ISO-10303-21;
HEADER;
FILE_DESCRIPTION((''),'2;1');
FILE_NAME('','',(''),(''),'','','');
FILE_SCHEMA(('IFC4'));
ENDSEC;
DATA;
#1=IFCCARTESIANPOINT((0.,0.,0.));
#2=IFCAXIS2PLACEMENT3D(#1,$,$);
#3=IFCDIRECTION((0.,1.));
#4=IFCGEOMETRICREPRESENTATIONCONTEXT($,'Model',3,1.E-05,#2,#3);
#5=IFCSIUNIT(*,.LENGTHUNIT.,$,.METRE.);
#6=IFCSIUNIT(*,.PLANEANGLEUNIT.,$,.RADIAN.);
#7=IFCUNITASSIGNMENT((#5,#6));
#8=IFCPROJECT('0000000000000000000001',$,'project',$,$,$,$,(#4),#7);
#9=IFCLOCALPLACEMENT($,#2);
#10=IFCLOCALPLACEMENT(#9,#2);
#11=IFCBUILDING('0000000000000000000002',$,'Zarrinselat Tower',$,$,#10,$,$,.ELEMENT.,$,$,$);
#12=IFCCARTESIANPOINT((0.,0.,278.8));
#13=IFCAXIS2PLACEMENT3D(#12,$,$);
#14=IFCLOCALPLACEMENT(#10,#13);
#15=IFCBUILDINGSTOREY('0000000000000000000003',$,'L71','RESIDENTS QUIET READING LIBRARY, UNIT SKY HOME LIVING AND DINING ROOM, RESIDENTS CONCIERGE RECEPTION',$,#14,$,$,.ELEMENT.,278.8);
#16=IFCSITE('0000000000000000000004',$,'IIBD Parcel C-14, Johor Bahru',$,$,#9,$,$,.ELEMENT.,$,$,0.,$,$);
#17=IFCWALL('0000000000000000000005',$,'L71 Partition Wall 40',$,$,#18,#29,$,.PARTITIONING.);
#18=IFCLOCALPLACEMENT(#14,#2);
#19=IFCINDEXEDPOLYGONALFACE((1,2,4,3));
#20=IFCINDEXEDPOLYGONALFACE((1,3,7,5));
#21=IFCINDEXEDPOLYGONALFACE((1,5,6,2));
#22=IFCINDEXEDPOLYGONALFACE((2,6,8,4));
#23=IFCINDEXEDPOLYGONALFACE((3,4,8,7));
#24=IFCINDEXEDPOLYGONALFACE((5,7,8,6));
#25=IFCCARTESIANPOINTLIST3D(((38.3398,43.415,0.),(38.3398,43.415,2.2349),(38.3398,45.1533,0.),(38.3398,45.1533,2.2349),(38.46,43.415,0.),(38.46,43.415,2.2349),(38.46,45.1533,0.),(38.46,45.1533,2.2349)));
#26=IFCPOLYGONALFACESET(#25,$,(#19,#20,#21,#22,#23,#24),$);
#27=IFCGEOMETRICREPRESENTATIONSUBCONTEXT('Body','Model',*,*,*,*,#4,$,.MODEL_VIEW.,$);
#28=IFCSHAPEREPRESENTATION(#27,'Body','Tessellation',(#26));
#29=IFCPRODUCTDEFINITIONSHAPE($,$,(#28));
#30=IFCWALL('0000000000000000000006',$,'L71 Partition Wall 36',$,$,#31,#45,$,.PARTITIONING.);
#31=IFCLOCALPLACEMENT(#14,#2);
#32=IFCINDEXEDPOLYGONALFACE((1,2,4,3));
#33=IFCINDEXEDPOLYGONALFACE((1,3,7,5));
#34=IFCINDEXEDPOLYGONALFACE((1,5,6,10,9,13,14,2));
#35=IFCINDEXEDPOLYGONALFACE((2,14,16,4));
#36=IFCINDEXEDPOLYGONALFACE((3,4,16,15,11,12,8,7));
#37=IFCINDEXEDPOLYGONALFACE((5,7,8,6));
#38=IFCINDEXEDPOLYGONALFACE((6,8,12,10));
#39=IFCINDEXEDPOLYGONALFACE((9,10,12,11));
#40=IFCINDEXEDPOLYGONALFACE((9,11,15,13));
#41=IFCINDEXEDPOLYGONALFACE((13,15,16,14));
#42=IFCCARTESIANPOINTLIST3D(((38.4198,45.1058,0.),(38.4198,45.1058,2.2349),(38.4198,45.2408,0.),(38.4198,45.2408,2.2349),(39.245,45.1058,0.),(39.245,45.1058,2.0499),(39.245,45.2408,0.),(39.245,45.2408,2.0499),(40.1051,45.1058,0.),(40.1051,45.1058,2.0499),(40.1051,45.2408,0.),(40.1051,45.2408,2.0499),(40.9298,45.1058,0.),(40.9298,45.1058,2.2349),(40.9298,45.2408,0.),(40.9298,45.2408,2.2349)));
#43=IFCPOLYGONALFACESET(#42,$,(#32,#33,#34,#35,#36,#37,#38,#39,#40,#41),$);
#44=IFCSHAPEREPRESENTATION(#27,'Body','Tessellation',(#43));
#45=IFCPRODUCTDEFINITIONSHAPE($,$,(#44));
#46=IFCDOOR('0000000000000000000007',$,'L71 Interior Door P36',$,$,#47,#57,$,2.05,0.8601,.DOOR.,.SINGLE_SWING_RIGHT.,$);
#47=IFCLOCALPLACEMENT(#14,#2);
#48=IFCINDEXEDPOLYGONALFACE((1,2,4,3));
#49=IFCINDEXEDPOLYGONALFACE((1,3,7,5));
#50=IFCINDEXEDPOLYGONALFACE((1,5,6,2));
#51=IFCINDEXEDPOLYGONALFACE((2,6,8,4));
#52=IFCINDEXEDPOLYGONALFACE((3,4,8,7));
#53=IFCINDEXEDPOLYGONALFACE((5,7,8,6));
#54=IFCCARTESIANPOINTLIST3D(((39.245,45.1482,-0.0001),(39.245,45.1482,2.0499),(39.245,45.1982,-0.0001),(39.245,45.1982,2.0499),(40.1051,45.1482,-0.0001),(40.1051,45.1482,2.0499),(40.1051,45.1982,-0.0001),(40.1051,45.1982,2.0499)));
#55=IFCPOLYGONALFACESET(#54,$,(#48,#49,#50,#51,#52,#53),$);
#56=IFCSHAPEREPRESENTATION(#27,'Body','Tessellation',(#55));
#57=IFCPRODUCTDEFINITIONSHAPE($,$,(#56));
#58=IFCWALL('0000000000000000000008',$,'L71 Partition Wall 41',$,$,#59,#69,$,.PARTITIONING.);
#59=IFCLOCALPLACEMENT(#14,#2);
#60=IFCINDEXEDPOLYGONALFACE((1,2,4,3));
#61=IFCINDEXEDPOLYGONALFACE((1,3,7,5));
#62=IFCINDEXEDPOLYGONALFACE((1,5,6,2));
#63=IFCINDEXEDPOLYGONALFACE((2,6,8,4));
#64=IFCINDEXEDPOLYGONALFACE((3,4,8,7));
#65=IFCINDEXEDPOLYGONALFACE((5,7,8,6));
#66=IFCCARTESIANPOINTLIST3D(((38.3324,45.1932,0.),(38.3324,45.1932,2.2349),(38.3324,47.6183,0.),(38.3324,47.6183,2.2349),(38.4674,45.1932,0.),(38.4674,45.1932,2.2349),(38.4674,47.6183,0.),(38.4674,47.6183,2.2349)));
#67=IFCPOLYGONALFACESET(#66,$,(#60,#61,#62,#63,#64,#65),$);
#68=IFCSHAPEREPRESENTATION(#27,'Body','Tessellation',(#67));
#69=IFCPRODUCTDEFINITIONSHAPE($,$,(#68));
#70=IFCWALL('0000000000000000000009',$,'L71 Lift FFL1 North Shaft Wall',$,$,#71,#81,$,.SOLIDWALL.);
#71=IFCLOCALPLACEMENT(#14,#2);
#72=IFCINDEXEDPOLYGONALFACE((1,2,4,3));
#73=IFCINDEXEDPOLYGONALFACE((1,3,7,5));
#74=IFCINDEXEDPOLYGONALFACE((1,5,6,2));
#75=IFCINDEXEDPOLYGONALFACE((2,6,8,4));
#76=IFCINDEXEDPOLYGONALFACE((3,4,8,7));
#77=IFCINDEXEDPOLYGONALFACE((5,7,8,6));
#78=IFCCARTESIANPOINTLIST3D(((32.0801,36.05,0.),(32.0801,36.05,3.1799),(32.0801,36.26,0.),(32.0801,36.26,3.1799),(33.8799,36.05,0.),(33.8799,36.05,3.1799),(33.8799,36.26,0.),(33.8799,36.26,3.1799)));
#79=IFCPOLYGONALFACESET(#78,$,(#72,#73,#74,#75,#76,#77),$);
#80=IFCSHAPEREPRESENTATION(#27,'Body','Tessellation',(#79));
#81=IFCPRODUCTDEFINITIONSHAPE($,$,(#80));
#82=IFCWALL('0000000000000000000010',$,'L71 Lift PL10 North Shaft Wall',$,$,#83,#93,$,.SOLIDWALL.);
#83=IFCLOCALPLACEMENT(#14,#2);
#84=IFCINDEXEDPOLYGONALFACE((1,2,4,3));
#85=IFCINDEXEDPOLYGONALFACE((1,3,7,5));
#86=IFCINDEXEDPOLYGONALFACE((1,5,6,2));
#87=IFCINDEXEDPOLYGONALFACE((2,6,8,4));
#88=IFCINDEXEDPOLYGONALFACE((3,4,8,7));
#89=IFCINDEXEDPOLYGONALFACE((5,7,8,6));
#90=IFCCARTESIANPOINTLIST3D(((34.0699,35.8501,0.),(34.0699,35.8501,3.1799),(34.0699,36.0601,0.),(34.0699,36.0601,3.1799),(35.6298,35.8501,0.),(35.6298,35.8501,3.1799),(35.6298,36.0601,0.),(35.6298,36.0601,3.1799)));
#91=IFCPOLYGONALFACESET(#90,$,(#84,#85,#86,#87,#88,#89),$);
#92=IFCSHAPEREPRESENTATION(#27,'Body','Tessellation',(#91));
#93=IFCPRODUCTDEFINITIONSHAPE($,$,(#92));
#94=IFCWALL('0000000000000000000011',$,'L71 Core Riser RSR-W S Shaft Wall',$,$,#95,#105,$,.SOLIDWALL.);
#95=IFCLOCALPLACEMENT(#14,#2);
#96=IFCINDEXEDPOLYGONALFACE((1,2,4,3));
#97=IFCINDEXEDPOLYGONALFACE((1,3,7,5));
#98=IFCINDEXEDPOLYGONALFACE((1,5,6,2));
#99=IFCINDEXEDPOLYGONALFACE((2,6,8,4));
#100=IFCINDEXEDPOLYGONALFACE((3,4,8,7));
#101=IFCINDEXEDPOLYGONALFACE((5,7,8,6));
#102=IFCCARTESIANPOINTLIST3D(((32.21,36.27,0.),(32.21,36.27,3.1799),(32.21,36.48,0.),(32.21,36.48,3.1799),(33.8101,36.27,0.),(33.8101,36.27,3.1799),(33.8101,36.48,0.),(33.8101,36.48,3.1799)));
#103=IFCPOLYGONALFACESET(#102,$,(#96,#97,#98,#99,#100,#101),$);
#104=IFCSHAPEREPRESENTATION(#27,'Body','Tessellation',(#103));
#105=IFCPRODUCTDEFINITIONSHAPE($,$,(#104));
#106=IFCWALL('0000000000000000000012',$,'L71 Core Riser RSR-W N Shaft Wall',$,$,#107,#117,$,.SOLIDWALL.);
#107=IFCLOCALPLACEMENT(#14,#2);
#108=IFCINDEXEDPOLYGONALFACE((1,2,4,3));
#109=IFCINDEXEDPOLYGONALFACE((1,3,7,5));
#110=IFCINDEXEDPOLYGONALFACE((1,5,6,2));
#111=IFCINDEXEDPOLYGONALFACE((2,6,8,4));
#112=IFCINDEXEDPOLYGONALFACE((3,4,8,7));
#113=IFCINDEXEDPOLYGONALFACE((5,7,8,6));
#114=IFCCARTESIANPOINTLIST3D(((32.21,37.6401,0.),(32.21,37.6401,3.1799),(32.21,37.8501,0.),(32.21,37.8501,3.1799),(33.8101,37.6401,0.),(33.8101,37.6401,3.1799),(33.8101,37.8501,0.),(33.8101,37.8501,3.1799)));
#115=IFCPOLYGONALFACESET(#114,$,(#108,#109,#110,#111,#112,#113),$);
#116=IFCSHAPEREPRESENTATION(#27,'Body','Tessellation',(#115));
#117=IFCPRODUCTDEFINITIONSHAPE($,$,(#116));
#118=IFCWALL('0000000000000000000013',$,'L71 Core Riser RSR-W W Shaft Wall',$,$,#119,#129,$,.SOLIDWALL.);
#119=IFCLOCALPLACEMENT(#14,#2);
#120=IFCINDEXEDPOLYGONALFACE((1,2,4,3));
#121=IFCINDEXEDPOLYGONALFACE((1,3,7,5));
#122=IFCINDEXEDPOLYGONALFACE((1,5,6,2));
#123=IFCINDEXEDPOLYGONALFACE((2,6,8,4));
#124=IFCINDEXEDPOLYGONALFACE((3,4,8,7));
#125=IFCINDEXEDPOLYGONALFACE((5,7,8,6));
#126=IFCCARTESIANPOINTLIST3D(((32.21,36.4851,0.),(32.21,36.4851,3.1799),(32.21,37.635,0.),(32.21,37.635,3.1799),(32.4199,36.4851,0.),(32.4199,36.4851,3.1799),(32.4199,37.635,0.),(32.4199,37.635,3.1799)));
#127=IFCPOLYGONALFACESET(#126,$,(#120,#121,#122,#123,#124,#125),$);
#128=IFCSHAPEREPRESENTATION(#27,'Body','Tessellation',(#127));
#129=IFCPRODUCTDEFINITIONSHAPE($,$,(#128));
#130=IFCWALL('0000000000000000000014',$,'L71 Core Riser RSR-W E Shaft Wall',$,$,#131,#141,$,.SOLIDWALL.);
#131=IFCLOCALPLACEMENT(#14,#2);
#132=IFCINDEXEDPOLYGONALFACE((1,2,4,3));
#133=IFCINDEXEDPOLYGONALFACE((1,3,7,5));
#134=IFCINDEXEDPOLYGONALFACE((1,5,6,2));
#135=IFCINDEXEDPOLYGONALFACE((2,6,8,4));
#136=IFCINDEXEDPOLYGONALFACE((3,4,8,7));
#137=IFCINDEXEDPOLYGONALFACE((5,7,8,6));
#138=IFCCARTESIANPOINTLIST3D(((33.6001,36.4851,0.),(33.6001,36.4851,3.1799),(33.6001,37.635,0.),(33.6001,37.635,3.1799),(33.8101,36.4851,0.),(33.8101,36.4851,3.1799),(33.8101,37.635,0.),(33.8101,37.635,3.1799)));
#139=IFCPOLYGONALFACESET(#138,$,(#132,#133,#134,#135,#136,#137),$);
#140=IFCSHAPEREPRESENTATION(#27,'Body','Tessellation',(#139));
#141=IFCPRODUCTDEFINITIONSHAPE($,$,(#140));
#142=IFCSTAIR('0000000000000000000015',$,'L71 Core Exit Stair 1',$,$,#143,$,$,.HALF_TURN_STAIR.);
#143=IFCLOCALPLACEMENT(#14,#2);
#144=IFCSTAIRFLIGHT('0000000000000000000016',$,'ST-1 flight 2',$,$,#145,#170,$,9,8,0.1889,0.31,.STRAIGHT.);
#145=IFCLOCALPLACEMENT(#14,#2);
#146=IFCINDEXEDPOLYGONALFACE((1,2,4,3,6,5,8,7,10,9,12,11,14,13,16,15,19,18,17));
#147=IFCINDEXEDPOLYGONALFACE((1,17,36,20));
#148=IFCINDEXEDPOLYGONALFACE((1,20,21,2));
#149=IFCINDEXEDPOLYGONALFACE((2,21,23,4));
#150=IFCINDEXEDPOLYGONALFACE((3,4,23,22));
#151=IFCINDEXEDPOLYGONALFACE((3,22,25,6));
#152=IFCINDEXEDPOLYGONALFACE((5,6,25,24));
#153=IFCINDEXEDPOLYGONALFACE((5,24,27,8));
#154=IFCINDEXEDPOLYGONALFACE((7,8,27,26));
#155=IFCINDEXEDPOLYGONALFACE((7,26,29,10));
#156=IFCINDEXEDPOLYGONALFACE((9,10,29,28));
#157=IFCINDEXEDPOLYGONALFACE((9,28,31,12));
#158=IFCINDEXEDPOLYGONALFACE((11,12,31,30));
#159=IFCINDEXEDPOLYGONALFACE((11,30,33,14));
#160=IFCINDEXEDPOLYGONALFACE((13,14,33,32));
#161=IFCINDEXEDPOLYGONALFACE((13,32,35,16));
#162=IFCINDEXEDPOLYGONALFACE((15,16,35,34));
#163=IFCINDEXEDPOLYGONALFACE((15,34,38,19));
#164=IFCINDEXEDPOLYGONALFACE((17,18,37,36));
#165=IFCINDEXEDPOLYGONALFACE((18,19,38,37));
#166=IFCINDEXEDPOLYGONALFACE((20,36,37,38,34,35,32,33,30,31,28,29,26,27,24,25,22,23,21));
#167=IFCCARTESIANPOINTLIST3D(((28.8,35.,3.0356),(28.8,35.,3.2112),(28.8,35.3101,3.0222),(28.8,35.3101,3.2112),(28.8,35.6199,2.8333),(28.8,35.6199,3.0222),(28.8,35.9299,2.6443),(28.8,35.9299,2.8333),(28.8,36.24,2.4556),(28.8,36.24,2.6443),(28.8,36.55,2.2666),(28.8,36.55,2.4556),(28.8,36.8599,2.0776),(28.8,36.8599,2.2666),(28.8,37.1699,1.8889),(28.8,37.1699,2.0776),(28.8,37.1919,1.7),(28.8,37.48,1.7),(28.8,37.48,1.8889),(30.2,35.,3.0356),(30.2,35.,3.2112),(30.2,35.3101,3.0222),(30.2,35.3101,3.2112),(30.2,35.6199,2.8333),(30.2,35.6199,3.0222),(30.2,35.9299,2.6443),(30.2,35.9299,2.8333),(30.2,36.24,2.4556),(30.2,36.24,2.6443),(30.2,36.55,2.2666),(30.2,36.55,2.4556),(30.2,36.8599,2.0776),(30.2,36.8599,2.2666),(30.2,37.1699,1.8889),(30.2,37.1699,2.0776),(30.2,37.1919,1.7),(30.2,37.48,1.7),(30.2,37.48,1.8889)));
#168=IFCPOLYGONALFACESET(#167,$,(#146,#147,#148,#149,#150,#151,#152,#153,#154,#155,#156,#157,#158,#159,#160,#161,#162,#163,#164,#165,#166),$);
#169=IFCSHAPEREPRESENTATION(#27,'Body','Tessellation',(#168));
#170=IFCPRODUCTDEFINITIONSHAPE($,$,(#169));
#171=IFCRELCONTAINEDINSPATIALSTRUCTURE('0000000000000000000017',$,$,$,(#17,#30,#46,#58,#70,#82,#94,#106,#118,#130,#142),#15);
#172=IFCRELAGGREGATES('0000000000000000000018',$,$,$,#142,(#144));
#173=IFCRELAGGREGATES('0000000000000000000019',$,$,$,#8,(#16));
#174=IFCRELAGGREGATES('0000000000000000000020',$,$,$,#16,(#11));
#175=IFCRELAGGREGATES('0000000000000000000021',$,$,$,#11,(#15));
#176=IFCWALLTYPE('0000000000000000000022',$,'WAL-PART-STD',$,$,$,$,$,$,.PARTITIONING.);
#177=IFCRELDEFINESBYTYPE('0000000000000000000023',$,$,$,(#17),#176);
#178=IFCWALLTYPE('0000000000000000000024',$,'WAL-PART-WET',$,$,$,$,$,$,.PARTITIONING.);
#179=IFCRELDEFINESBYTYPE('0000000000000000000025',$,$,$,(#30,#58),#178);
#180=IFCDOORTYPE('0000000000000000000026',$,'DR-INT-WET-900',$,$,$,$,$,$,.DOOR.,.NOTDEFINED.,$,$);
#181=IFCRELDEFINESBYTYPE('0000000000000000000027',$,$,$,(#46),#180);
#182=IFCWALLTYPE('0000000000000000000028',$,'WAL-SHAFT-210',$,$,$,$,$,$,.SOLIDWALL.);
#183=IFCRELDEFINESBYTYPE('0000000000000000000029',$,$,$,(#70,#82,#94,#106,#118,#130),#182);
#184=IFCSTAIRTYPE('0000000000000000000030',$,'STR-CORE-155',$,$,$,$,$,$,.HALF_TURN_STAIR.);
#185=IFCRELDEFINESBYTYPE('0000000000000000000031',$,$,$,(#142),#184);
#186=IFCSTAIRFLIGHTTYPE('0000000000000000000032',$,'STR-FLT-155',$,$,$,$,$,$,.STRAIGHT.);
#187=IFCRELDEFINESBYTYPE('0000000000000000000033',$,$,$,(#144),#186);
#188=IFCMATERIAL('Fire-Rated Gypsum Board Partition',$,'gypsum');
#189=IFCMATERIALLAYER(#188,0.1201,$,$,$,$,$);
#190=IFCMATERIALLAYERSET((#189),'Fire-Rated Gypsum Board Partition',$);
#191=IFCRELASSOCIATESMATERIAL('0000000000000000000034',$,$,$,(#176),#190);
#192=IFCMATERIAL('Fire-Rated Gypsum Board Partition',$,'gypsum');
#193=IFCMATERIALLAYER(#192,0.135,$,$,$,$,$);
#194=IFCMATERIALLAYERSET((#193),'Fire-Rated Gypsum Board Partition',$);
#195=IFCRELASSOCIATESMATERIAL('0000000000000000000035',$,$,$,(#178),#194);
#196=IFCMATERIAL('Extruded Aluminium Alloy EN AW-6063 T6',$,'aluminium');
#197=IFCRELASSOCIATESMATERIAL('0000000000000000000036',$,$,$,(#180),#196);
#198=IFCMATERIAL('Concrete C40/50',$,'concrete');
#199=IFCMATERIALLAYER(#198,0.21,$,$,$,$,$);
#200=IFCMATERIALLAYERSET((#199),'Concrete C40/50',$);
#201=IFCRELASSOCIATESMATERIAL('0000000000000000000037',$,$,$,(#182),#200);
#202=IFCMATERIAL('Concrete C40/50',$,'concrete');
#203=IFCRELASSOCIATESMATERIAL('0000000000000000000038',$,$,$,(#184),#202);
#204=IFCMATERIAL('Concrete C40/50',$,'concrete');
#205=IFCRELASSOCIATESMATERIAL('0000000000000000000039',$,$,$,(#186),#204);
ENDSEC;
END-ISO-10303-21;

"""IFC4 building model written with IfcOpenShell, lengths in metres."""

from ifc_helpers import new_model, si_unit, direction, frame, frame_2d, origin, place, context, subcontext, project, spatial, polyline, rectangle, outline, extrude, material, layer, layer_set, type_object, element, fill, aggregate, save


model = new_model("IFC4")

# Units and contexts
model_context = context("Model", 3, precision=1e-05, world=origin(), true_north=direction((0.0, 1.0)))
body_context = subcontext(model_context, "Body", "Model", "MODEL_VIEW")
ifc_project = project(units=[si_unit("LENGTHUNIT", "METRE"), si_unit("PLANEANGLEUNIT", "RADIAN")], contexts=[model_context])

# Site, building, storey
site_placement = place(None, origin())
site = spatial("IfcSite", under=ifc_project, at=site_placement, Name="IIBD Parcel C-14, Johor Bahru", CompositionType="ELEMENT", RefElevation=0.0)
building_placement = place(site_placement, origin())
building = spatial("IfcBuilding", under=site, at=building_placement, Name="Zarrinselat Tower", CompositionType="ELEMENT")
storey_placement = place(building_placement, frame((0.0, 0.0, 278.8)))
storey = spatial("IfcBuildingStorey", under=building, at=storey_placement, Name="L71", Description="RESIDENTS QUIET READING LIBRARY, UNIT SKY HOME LIVING AND DINING ROOM, RESIDENTS CONCIERGE RECEPTION", CompositionType="ELEMENT", Elevation=278.8)

# Wall
ifc_material_1 = material(Name="Fire-Rated Gypsum Board Partition", Category="gypsum")
ifc_layer_1 = layer(ifc_material_1, 0.1201)
ifc_layer_set_1 = layer_set([ifc_layer_1], Name="Fire-Rated Gypsum Board Partition")
wall_type_1 = type_object("IfcWallType", Name="WAL-PART-STD", PredefinedType="PARTITIONING", material=ifc_layer_set_1)
wall_1_placement = place(storey_placement, frame((38.3999, 43.415, 0.0), z_axis=(0.0, 0.0, 1.0), x_axis=(0.0, 1.0, 0.0)))
element("IfcWall", 1, at=wall_1_placement, inside=storey, type_object=wall_type_1, Name="L71 Partition Wall 40", PredefinedType="PARTITIONING", context=body_context, shape_type="SweptSolid", body=[
    extrude(rectangle(XDim=1.7383, YDim=0.1201, at=frame_2d((0.8691, 0.0))), origin(), (0.0, 0.0, 1.0), 2.2349),
])

# Wall, opening, door
ifc_material_2 = material(Name="Fire-Rated Gypsum Board Partition", Category="gypsum")
ifc_layer_2 = layer(ifc_material_2, 0.135)
ifc_layer_set_2 = layer_set([ifc_layer_2], Name="Fire-Rated Gypsum Board Partition")
wall_type_2 = type_object("IfcWallType", Name="WAL-PART-WET", PredefinedType="PARTITIONING", material=ifc_layer_set_2)
wall_2_placement = place(storey_placement, frame((38.4199, 45.1733, 0.0), z_axis=(0.0, 0.0, 1.0), x_axis=(1.0, 0.0, 0.0)))
wall_2 = element("IfcWall", 2, at=wall_2_placement, inside=storey, type_object=wall_type_2, Name="L71 Partition Wall 36", PredefinedType="PARTITIONING", context=body_context, shape_type="SweptSolid", body=[
    extrude(rectangle(XDim=2.51, YDim=0.135, at=frame_2d((1.2549, 0.0))), origin(), (0.0, 0.0, 1.0), 2.2349),
])
opening_1_placement = place(wall_2_placement, frame((0.825, 0.0, 0.0)))
opening_1 = element("IfcOpeningElement", 3, at=opening_1_placement, cuts=wall_2, PredefinedType="OPENING", context=body_context, shape_type="SweptSolid", body=[
    extrude(rectangle(XDim=0.8601, YDim=2.05, at=frame_2d((0.4302, 1.0249))), frame((0.0, 0.0774, 0.0), z_axis=(0.0, -1.0, 0.0), x_axis=(1.0, 0.0, 0.0)), (0.0, 0.0, 1.0), 0.155),
])
ifc_material_3 = material(Name="Extruded Aluminium Alloy EN AW-6063 T6", Category="aluminium")
door_type_1 = type_object("IfcDoorType", Name="DR-INT-WET-900", OperationType="NOTDEFINED", PredefinedType="DOOR", material=ifc_material_3)
door_1_placement = place(opening_1_placement, origin())
door_1 = element("IfcDoor", 4, at=door_1_placement, inside=storey, type_object=door_type_1, Name="L71 Interior Door P36", OperationType="SINGLE_SWING_RIGHT", OverallHeight=2.05, OverallWidth=0.8601, PredefinedType="DOOR", context=body_context, shape_type="SweptSolid", body=[
    extrude(rectangle(XDim=0.8601, YDim=2.05, at=frame_2d((0.4302, 1.0249))), frame((0.0, 0.0249, 0.0), z_axis=(0.0, -1.0, 0.0), x_axis=(1.0, 0.0, 0.0)), (0.0, 0.0, 1.0), 0.05),
])
fill(opening_1, door_1)

# Walls
wall_3_placement = place(storey_placement, frame((38.3999, 45.1934, 0.0), z_axis=(0.0, 0.0, 1.0), x_axis=(0.0, 1.0, 0.0)))
element("IfcWall", 5, at=wall_3_placement, inside=storey, type_object=wall_type_2, Name="L71 Partition Wall 41", PredefinedType="PARTITIONING", context=body_context, shape_type="SweptSolid", body=[
    extrude(rectangle(XDim=2.425, YDim=0.135, at=frame_2d((1.2124, 0.0))), origin(), (0.0, 0.0, 1.0), 2.2349),
])
ifc_material_4 = material(Name="Concrete C40/50", Category="concrete")
ifc_layer_3 = layer(ifc_material_4, 0.21)
ifc_layer_set_3 = layer_set([ifc_layer_3], Name="Concrete C40/50")
wall_type_3 = type_object("IfcWallType", Name="WAL-SHAFT-210", PredefinedType="SOLIDWALL", material=ifc_layer_set_3)
wall_4_placement = place(storey_placement, frame((32.0801, 36.155, 0.0), z_axis=(0.0, 0.0, 1.0), x_axis=(1.0, 0.0, 0.0)))
element("IfcWall", 6, at=wall_4_placement, inside=storey, type_object=wall_type_3, Name="L71 Lift FFL1 North Shaft Wall", PredefinedType="SOLIDWALL", context=body_context, shape_type="SweptSolid", body=[
    extrude(rectangle(XDim=1.7998, YDim=0.21, at=frame_2d((0.8999, 0.0))), origin(), (0.0, 0.0, 1.0), 3.1799),
])
wall_5_placement = place(storey_placement, frame((34.0701, 35.9551, 0.0), z_axis=(0.0, 0.0, 1.0), x_axis=(1.0, 0.0, 0.0)))
element("IfcWall", 7, at=wall_5_placement, inside=storey, type_object=wall_type_3, Name="L71 Lift PL10 North Shaft Wall", PredefinedType="SOLIDWALL", context=body_context, shape_type="SweptSolid", body=[
    extrude(rectangle(XDim=1.5598, YDim=0.21, at=frame_2d((0.7798, 0.0))), origin(), (0.0, 0.0, 1.0), 3.1799),
])
for number, where, z_axis, x_axis, name in (
    (8, (32.21, 36.375, 0.0), (0.0, 0.0, 1.0), (1.0, 0.0, 0.0), "L71 Core Riser RSR-W S Shaft Wall"),
    (9, (32.21, 37.7451, 0.0), (0.0, 0.0, 1.0), (1.0, 0.0, 0.0), "L71 Core Riser RSR-W N Shaft Wall"),
):
    element("IfcWall", number, at=place(storey_placement, frame(where, z_axis=z_axis, x_axis=x_axis)), inside=storey, type_object=wall_type_3, Name=name, PredefinedType="SOLIDWALL", context=body_context, shape_type="SweptSolid", body=[
        extrude(rectangle(XDim=1.6001, YDim=0.21, at=frame_2d((0.8, 0.0))), origin(), (0.0, 0.0, 1.0), 3.1799),
    ])
for number, where, z_axis, x_axis, name in (
    (10, (32.3149, 36.4851, 0.0), (0.0, 0.0, 1.0), (0.0, 1.0, 0.0), "L71 Core Riser RSR-W W Shaft Wall"),
    (11, (33.7051, 36.4851, 0.0), (0.0, 0.0, 1.0), (0.0, 1.0, 0.0), "L71 Core Riser RSR-W E Shaft Wall"),
):
    element("IfcWall", number, at=place(storey_placement, frame(where, z_axis=z_axis, x_axis=x_axis)), inside=storey, type_object=wall_type_3, Name=name, PredefinedType="SOLIDWALL", context=body_context, shape_type="SweptSolid", body=[
        extrude(rectangle(XDim=1.1499, YDim=0.21, at=frame_2d((0.575, 0.0))), origin(), (0.0, 0.0, 1.0), 3.1799),
    ])

# Stair, stair flight
ifc_material_5 = material(Name="Concrete C40/50", Category="concrete")
stair_type = type_object("IfcStairType", Name="STR-CORE-155", PredefinedType="HALF_TURN_STAIR", material=ifc_material_5)
stair_placement = place(storey_placement, origin())
stair = element("IfcStair", 12, at=stair_placement, inside=storey, type_object=stair_type, Name="L71 Core Exit Stair 1", PredefinedType="HALF_TURN_STAIR")
ifc_material_6 = material(Name="Concrete C40/50", Category="concrete")
stair_flight_type = type_object("IfcStairFlightType", Name="STR-FLT-155", PredefinedType="STRAIGHT", material=ifc_material_6)
stair_flight_placement = place(storey_placement, frame((29.5, 37.48, 1.7), z_axis=(0.0, 0.0, 1.0), x_axis=(0.0, -1.0, 0.0)))
stair_flight = element("IfcStairFlight", 13, at=stair_flight_placement, type_object=stair_flight_type, Name="ST-1 flight 2", NumberOfRisers=9, NumberOfTreads=8, PredefinedType="STRAIGHT", RiserHeight=0.1889, TreadLength=0.31, context=body_context, shape_type="SweptSolid", body=[
    extrude(outline(polyline([(0.0, 0.0), (0.0, 0.189), (0.3101, 0.189), (0.3101, 0.3777), (0.6201, 0.3777), (0.6201, 0.5667), (0.9299, 0.5667), (0.9299, 0.7556), (1.24, 0.7556), (1.24, 0.9443), (1.55, 0.9443), (1.55, 1.1333), (1.8601, 1.1333), (1.8601, 1.3223), (2.1699, 1.3223), (2.1699, 1.5112), (2.48, 1.5112), (2.48, 1.7), (2.48, 1.3357), (0.2881, 0.0), (0.0, 0.0)])), frame((0.0, 0.7, 0.0), z_axis=(0.0, -1.0, 0.0), x_axis=(1.0, 0.0, 0.0)), (0.0, 0.0, 1.0), 1.3999),
])
aggregate(stair, [stair_flight])

save(model, "model.ifc")
